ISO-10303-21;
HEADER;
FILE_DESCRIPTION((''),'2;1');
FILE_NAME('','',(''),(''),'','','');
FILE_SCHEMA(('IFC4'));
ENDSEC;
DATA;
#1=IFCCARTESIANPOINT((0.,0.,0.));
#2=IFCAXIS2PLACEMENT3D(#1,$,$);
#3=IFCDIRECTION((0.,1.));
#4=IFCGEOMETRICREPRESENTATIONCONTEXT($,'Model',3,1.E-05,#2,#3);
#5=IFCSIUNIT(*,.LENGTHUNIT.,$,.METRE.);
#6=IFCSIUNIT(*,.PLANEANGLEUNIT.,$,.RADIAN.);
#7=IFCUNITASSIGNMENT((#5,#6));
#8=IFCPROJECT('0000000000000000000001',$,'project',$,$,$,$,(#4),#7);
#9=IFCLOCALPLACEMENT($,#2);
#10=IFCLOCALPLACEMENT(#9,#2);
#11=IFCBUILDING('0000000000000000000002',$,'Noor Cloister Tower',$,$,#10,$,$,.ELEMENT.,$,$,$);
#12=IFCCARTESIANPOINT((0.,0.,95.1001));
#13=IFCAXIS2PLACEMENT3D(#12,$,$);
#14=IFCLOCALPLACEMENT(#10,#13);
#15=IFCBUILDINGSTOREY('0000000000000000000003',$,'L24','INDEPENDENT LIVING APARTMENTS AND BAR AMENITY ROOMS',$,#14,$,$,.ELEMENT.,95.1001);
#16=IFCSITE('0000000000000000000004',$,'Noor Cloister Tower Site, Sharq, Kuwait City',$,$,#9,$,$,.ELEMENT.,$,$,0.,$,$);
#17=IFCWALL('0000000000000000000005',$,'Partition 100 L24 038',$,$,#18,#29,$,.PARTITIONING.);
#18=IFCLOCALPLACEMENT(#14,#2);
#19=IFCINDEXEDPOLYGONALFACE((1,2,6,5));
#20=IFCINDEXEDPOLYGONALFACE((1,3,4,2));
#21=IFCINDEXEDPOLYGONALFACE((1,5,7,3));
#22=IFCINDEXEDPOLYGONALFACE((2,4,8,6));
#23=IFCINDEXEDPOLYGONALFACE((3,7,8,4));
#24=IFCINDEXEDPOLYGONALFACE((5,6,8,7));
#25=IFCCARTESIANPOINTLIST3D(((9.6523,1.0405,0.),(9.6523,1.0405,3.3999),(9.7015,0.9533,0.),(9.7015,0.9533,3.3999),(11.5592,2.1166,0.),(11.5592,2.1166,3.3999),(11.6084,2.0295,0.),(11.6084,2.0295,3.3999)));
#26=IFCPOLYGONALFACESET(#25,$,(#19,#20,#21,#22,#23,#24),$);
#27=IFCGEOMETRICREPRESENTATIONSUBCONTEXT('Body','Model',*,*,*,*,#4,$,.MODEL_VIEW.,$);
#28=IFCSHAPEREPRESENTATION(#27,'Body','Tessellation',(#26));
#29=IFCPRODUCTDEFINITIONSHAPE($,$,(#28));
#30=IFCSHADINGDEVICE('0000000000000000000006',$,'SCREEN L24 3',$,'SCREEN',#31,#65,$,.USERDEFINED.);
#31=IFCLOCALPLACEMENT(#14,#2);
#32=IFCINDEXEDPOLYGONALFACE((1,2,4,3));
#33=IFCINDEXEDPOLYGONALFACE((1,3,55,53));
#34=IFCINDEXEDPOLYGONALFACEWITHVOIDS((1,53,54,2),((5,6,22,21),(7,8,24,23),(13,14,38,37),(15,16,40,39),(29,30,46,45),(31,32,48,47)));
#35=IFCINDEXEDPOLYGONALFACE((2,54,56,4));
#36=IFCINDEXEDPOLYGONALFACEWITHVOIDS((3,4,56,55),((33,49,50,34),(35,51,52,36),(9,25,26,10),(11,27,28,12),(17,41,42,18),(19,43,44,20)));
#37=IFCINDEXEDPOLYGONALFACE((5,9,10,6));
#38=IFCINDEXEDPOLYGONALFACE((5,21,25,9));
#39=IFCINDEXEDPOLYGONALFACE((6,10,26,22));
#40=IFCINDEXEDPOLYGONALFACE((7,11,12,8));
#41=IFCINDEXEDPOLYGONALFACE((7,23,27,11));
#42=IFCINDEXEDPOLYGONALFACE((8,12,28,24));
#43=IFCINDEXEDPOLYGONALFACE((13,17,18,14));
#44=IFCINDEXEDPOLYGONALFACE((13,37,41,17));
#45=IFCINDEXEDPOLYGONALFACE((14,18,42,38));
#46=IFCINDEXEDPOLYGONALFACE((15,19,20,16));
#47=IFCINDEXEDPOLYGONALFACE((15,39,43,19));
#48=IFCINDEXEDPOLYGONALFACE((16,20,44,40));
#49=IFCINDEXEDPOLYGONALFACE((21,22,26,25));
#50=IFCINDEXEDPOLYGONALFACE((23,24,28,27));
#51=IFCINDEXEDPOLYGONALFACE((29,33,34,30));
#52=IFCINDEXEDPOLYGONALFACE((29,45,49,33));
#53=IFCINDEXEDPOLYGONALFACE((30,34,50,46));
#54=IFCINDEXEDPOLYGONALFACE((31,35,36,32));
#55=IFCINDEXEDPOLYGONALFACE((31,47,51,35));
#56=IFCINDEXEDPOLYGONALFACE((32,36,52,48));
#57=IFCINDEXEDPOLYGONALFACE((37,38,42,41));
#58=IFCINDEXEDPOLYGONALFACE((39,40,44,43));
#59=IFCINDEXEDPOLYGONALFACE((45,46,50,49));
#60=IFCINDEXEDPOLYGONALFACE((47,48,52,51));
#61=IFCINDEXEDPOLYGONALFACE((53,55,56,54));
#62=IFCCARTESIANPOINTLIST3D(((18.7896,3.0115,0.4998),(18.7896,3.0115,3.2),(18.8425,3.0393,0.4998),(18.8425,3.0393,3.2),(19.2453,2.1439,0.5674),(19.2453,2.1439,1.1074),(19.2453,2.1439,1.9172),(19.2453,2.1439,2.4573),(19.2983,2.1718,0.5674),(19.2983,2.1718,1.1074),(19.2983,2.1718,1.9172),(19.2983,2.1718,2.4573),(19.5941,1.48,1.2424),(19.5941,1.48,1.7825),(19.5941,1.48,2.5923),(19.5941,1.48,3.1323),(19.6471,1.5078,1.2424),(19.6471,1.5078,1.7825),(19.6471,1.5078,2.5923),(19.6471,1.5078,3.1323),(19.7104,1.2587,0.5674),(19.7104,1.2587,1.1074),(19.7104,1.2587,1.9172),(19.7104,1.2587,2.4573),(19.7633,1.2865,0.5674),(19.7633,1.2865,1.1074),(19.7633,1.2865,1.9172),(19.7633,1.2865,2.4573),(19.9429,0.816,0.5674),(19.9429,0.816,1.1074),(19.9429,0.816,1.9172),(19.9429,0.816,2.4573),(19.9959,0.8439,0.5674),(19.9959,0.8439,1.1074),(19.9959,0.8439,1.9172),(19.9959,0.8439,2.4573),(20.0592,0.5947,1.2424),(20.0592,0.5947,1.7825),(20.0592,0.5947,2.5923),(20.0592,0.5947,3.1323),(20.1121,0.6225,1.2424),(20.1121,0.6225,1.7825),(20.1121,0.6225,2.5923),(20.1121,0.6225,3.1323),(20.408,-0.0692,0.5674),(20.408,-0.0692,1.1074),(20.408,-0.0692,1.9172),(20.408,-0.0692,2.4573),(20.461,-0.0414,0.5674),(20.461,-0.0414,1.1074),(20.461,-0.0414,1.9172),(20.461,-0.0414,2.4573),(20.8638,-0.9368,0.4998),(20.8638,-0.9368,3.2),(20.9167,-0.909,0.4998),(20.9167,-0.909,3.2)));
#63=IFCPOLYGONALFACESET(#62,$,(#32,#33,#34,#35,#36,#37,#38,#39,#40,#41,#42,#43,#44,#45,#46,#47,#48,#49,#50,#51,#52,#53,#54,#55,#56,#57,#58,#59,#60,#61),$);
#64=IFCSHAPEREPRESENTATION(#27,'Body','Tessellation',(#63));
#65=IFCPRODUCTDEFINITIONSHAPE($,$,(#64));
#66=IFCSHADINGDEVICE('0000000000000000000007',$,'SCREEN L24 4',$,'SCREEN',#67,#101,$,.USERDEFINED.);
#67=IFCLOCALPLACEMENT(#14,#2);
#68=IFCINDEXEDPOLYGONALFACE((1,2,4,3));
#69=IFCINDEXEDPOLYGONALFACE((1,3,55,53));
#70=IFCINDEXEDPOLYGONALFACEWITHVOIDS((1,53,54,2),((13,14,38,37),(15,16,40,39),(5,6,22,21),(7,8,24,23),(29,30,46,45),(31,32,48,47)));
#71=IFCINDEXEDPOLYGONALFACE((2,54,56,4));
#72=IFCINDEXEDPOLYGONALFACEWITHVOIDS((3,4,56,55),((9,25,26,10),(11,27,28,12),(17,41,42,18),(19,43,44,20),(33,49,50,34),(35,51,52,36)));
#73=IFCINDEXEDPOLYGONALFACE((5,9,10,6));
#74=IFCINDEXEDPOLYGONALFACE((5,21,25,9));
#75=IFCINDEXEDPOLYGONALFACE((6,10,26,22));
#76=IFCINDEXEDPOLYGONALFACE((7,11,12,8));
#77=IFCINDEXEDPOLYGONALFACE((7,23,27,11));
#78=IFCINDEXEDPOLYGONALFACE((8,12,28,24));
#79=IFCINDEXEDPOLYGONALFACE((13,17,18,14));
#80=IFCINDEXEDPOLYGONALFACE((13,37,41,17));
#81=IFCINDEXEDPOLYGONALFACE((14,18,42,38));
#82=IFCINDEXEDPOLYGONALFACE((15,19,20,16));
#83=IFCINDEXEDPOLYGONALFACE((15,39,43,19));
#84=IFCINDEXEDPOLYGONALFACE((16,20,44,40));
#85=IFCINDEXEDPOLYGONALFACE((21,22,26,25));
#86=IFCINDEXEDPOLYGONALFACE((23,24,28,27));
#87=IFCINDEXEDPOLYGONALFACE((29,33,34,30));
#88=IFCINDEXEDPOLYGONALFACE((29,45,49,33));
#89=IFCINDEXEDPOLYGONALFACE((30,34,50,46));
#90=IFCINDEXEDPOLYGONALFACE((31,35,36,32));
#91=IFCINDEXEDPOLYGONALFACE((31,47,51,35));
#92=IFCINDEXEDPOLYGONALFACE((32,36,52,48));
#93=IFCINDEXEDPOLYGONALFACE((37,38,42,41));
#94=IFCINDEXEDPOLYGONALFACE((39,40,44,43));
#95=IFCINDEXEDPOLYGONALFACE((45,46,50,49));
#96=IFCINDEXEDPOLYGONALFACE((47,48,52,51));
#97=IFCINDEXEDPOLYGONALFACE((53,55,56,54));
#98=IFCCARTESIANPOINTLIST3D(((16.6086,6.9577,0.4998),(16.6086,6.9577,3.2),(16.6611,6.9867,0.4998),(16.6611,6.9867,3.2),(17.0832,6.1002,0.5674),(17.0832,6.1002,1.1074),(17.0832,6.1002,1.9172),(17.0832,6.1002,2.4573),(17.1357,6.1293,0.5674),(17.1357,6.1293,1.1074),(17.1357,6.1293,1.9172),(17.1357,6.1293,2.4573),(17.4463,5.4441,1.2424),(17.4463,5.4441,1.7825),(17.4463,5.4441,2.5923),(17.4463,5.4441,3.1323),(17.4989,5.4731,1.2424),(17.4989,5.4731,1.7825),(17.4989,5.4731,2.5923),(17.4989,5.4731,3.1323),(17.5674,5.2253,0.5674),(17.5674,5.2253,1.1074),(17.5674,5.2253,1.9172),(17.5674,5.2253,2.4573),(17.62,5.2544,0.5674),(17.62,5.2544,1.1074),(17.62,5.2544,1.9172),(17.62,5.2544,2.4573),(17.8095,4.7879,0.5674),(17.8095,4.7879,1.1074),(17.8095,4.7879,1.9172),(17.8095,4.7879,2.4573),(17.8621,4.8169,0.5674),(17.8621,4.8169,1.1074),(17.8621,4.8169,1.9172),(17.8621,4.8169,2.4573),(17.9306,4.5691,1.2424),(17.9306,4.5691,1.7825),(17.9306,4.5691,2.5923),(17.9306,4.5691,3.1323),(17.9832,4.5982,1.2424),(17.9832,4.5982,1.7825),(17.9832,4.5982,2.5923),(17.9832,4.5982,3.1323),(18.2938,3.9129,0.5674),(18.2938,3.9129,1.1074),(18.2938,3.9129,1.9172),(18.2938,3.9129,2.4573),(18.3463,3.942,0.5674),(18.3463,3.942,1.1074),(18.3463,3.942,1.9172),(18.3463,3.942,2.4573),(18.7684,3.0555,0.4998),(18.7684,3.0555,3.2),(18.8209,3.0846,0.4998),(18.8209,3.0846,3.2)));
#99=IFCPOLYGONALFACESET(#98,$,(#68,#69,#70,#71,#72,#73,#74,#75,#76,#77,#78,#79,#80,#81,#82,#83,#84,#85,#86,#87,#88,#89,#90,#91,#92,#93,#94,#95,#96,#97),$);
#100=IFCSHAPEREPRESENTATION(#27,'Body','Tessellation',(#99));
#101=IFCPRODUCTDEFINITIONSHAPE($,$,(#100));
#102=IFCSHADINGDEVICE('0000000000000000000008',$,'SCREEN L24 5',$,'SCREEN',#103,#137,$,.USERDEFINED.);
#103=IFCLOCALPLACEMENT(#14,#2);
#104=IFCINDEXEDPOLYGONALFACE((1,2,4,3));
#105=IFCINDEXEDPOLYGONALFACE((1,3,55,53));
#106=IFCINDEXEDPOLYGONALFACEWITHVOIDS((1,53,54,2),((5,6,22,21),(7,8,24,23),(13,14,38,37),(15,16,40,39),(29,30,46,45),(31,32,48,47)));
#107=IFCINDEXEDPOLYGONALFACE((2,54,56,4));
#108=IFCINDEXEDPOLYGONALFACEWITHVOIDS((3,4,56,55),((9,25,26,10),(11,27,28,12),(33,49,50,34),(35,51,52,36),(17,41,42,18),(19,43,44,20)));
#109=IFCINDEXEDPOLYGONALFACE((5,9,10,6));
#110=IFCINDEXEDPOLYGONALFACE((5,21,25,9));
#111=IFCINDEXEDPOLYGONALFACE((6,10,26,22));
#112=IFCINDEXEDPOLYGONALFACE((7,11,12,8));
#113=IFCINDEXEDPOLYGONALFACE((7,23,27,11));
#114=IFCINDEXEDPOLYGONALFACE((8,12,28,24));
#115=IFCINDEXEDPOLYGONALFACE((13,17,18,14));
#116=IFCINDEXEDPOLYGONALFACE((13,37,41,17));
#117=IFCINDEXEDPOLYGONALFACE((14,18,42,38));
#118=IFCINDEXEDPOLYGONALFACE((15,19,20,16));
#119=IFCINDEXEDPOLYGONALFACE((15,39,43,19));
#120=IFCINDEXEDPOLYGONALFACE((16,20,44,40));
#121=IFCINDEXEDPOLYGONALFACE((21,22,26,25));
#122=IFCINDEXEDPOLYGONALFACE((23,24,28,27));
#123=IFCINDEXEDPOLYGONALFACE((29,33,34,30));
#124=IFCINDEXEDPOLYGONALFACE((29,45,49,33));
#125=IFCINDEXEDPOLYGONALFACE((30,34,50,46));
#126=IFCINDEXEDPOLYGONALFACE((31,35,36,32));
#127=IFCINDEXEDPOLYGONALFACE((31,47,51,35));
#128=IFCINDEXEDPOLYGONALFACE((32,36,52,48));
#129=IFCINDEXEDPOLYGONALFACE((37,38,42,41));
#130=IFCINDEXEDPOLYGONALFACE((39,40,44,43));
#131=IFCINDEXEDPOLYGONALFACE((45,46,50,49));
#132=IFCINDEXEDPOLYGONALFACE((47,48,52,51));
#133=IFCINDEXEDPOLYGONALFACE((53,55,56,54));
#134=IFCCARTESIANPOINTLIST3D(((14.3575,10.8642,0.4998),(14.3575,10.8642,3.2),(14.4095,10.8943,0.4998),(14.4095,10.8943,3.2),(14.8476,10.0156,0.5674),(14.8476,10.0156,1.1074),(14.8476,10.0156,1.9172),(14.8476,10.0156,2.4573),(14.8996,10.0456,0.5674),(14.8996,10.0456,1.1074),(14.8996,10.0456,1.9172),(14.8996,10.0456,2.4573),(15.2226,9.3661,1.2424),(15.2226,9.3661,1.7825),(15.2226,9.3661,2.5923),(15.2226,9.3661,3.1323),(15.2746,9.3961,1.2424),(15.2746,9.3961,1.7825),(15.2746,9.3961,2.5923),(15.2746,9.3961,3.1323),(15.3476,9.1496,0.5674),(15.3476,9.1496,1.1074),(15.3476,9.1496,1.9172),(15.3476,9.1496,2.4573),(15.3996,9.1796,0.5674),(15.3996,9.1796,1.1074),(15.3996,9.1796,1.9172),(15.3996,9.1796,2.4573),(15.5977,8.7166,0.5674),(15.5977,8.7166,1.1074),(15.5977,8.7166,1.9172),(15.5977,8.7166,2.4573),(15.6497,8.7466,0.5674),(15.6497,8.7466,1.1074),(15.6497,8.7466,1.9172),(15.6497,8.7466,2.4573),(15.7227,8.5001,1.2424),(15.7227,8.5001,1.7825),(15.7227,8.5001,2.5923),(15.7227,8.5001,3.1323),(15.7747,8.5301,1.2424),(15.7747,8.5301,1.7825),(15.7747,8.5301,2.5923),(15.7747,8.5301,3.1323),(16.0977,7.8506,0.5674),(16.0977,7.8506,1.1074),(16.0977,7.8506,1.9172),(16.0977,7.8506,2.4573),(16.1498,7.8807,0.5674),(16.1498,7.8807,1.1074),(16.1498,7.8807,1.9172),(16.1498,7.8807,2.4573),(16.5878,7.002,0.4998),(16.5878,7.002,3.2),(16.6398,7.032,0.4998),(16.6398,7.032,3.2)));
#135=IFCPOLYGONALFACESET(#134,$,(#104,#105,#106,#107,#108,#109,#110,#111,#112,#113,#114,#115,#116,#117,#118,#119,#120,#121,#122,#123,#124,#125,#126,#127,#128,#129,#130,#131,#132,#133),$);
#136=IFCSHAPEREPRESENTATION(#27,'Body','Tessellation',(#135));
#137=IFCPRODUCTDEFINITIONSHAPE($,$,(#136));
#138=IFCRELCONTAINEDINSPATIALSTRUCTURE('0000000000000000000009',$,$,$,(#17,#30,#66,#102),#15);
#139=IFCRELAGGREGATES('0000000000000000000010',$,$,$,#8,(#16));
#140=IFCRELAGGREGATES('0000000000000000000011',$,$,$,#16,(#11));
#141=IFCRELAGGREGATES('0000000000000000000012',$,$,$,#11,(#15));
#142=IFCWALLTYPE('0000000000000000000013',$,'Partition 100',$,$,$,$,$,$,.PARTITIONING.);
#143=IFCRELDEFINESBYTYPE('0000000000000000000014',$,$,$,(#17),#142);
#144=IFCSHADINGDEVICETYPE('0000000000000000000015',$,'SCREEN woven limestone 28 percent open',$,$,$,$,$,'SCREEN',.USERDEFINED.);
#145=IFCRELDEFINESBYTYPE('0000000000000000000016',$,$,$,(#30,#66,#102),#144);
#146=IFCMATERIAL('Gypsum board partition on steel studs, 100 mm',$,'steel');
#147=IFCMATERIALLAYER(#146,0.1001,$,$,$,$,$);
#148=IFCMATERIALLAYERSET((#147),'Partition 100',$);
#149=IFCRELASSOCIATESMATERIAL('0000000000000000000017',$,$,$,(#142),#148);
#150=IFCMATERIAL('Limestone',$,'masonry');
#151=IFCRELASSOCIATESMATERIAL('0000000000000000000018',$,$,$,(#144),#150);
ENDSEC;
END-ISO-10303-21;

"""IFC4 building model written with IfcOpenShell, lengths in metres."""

from ifc_helpers import new_model, si_unit, direction, frame, frame_2d, origin, place, context, subcontext, project, spatial, polyline, rectangle, outline, extrude, material, layer, layer_set, material_profile, profile_set, type_object, element, save


model = new_model("IFC4")

# Units and contexts
model_context = context("Model", 3, precision=1e-05, world=origin(), true_north=direction((0.0, 1.0)))
body_context = subcontext(model_context, "Body", "Model", "MODEL_VIEW")
ifc_project = project(units=[si_unit("LENGTHUNIT", "METRE"), si_unit("PLANEANGLEUNIT", "RADIAN")], contexts=[model_context])

# Site, building, storey
site_placement = place(None, origin())
site = spatial("IfcSite", under=ifc_project, at=site_placement, Name="Noor Cloister Tower Site, Sharq, Kuwait City", CompositionType="ELEMENT", RefElevation=0.0)
building_placement = place(site_placement, origin())
building = spatial("IfcBuilding", under=site, at=building_placement, Name="Noor Cloister Tower", CompositionType="ELEMENT")
storey_placement = place(building_placement, frame((0.0, 0.0, 95.1001)))
storey = spatial("IfcBuildingStorey", under=building, at=storey_placement, Name="L24", Description="INDEPENDENT LIVING APARTMENTS AND BAR AMENITY ROOMS", CompositionType="ELEMENT", Elevation=95.1001)

# Wall
ifc_material_1 = material(Name="Gypsum board partition on steel studs, 100 mm", Category="steel")
ifc_layer_1 = layer(ifc_material_1, 0.1001)
ifc_layer_set_1 = layer_set([ifc_layer_1], Name="Partition 100")
wall_type_1 = type_object("IfcWallType", Name="Partition 100", PredefinedType="PARTITIONING", material=ifc_layer_set_1)
wall_1_placement = place(storey_placement, frame((11.5837, 2.073, 0.0), z_axis=(0.0, 0.0, 1.0), x_axis=(-0.870893, -0.491473, 0.0)))
element("IfcWall", 1, at=wall_1_placement, inside=storey, type_object=wall_type_1, Name="Partition 100 L24 038", PredefinedType="PARTITIONING", context=body_context, shape_type="SweptSolid", body=[
    extrude(rectangle(XDim=2.1897, YDim=0.1001, at=frame_2d((1.0947, 0.0))), origin(), (0.0, 0.0, 1.0), 3.3999),
])

# Shading devices
ifc_material_2 = material(Name="Limestone", Category="masonry")
ifc_material_profile_1 = material_profile(ifc_material_2, outline(polyline([(-2.23, -1.3501), (2.23, -1.3501), (2.23, 1.3501), (-2.23, 1.3501), (-2.23, -1.3501)]), holes=[polyline([(-1.25, -1.2825), (-0.25, -1.2825), (-0.25, -0.7424), (-1.25, -0.7424), (-1.25, -1.2825)]), polyline([(0.25, -1.2825), (1.25, -1.2825), (1.25, -0.7424), (0.25, -0.7424), (0.25, -1.2825)]), polyline([(-0.5, -0.6074), (0.5, -0.6074), (0.5, -0.0674), (-0.5, -0.0674), (-0.5, -0.6074)]), polyline([(-1.25, 0.0674), (-0.25, 0.0674), (-0.25, 0.6074), (-1.25, 0.6074), (-1.25, 0.0674)]), polyline([(0.25, 0.0674), (1.25, 0.0674), (1.25, 0.6074), (0.25, 0.6074), (0.25, 0.0674)]), polyline([(-0.5, 0.7424), (0.5, 0.7424), (0.5, 1.2825), (-0.5, 1.2825), (-0.5, 0.7424)])]), Name="Woven screen 28 percent open")
ifc_profile_set_1 = profile_set([ifc_material_profile_1], Name="Limestone")
shading_device_type = type_object("IfcShadingDeviceType", Name="SCREEN woven limestone 28 percent open", ElementType="SCREEN", PredefinedType="USERDEFINED", material=ifc_profile_set_1)
shading_device_placement = place(storey_placement, frame((19.8267, 1.0374, 1.8499), z_axis=(0.885272, 0.465074, 0.0), x_axis=(-0.465074, 0.885272, 0.0)))
element("IfcShadingDevice", 2, at=shading_device_placement, inside=storey, type_object=shading_device_type, Name="SCREEN L24 3", ObjectType="SCREEN", PredefinedType="USERDEFINED", context=body_context, shape_type="SweptSolid", body=[
    extrude(outline(polyline([(-2.23, -1.3501), (2.23, -1.3501), (2.23, 1.3501), (-2.23, 1.3501), (-2.23, -1.3501)]), holes=[polyline([(-1.25, -1.2825), (-0.25, -1.2825), (-0.25, -0.7424), (-1.25, -0.7424), (-1.25, -1.2825)]), polyline([(0.25, -1.2825), (1.25, -1.2825), (1.25, -0.7424), (0.25, -0.7424), (0.25, -1.2825)]), polyline([(-0.5, -0.6074), (0.5, -0.6074), (0.5, -0.0674), (-0.5, -0.0674), (-0.5, -0.6074)]), polyline([(-1.25, 0.0674), (-0.25, 0.0674), (-0.25, 0.6074), (-1.25, 0.6074), (-1.25, 0.0674)]), polyline([(0.25, 0.0674), (1.25, 0.0674), (1.25, 0.6074), (0.25, 0.6074), (0.25, 0.0674)]), polyline([(-0.5, 0.7424), (0.5, 0.7424), (0.5, 1.2825), (-0.5, 1.2825), (-0.5, 0.7424)])]), origin(), (0.0, 0.0, 1.0), 0.0598),
])
for number, where, z_axis, x_axis, name in (
    (3, (17.6885, 5.0066, 1.8499), (0.874924, 0.48426, 0.0), (-0.48426, 0.874924, 0.0), "SCREEN L24 4"),
    (4, (15.4727, 8.9331, 1.8499), (0.865982, 0.500074, 0.0), (-0.500074, 0.865982, 0.0), "SCREEN L24 5"),
):
    element("IfcShadingDevice", number, at=place(storey_placement, frame(where, z_axis=z_axis, x_axis=x_axis)), inside=storey, type_object=shading_device_type, Name=name, ObjectType="SCREEN", PredefinedType="USERDEFINED", context=body_context, shape_type="SweptSolid", body=[
        extrude(outline(polyline([(-2.23, -1.3501), (2.23, -1.3501), (2.23, 1.3501), (-2.23, 1.3501), (-2.23, -1.3501)]), holes=[polyline([(-1.25, -1.2825), (-0.25, -1.2825), (-0.25, -0.7424), (-1.25, -0.7424), (-1.25, -1.2825)]), polyline([(0.25, -1.2825), (1.25, -1.2825), (1.25, -0.7424), (0.25, -0.7424), (0.25, -1.2825)]), polyline([(-0.5, -0.6074), (0.5, -0.6074), (0.5, -0.0674), (-0.5, -0.0674), (-0.5, -0.6074)]), polyline([(-1.25, 0.0674), (-0.25, 0.0674), (-0.25, 0.6074), (-1.25, 0.6074), (-1.25, 0.0674)]), polyline([(0.25, 0.0674), (1.25, 0.0674), (1.25, 0.6074), (0.25, 0.6074), (0.25, 0.0674)]), polyline([(-0.5, 0.7424), (0.5, 0.7424), (0.5, 1.2825), (-0.5, 1.2825), (-0.5, 0.7424)])]), origin(), (0.0, 0.0, 1.0), 0.0601),
    ])

save(model, "model.ifc")
